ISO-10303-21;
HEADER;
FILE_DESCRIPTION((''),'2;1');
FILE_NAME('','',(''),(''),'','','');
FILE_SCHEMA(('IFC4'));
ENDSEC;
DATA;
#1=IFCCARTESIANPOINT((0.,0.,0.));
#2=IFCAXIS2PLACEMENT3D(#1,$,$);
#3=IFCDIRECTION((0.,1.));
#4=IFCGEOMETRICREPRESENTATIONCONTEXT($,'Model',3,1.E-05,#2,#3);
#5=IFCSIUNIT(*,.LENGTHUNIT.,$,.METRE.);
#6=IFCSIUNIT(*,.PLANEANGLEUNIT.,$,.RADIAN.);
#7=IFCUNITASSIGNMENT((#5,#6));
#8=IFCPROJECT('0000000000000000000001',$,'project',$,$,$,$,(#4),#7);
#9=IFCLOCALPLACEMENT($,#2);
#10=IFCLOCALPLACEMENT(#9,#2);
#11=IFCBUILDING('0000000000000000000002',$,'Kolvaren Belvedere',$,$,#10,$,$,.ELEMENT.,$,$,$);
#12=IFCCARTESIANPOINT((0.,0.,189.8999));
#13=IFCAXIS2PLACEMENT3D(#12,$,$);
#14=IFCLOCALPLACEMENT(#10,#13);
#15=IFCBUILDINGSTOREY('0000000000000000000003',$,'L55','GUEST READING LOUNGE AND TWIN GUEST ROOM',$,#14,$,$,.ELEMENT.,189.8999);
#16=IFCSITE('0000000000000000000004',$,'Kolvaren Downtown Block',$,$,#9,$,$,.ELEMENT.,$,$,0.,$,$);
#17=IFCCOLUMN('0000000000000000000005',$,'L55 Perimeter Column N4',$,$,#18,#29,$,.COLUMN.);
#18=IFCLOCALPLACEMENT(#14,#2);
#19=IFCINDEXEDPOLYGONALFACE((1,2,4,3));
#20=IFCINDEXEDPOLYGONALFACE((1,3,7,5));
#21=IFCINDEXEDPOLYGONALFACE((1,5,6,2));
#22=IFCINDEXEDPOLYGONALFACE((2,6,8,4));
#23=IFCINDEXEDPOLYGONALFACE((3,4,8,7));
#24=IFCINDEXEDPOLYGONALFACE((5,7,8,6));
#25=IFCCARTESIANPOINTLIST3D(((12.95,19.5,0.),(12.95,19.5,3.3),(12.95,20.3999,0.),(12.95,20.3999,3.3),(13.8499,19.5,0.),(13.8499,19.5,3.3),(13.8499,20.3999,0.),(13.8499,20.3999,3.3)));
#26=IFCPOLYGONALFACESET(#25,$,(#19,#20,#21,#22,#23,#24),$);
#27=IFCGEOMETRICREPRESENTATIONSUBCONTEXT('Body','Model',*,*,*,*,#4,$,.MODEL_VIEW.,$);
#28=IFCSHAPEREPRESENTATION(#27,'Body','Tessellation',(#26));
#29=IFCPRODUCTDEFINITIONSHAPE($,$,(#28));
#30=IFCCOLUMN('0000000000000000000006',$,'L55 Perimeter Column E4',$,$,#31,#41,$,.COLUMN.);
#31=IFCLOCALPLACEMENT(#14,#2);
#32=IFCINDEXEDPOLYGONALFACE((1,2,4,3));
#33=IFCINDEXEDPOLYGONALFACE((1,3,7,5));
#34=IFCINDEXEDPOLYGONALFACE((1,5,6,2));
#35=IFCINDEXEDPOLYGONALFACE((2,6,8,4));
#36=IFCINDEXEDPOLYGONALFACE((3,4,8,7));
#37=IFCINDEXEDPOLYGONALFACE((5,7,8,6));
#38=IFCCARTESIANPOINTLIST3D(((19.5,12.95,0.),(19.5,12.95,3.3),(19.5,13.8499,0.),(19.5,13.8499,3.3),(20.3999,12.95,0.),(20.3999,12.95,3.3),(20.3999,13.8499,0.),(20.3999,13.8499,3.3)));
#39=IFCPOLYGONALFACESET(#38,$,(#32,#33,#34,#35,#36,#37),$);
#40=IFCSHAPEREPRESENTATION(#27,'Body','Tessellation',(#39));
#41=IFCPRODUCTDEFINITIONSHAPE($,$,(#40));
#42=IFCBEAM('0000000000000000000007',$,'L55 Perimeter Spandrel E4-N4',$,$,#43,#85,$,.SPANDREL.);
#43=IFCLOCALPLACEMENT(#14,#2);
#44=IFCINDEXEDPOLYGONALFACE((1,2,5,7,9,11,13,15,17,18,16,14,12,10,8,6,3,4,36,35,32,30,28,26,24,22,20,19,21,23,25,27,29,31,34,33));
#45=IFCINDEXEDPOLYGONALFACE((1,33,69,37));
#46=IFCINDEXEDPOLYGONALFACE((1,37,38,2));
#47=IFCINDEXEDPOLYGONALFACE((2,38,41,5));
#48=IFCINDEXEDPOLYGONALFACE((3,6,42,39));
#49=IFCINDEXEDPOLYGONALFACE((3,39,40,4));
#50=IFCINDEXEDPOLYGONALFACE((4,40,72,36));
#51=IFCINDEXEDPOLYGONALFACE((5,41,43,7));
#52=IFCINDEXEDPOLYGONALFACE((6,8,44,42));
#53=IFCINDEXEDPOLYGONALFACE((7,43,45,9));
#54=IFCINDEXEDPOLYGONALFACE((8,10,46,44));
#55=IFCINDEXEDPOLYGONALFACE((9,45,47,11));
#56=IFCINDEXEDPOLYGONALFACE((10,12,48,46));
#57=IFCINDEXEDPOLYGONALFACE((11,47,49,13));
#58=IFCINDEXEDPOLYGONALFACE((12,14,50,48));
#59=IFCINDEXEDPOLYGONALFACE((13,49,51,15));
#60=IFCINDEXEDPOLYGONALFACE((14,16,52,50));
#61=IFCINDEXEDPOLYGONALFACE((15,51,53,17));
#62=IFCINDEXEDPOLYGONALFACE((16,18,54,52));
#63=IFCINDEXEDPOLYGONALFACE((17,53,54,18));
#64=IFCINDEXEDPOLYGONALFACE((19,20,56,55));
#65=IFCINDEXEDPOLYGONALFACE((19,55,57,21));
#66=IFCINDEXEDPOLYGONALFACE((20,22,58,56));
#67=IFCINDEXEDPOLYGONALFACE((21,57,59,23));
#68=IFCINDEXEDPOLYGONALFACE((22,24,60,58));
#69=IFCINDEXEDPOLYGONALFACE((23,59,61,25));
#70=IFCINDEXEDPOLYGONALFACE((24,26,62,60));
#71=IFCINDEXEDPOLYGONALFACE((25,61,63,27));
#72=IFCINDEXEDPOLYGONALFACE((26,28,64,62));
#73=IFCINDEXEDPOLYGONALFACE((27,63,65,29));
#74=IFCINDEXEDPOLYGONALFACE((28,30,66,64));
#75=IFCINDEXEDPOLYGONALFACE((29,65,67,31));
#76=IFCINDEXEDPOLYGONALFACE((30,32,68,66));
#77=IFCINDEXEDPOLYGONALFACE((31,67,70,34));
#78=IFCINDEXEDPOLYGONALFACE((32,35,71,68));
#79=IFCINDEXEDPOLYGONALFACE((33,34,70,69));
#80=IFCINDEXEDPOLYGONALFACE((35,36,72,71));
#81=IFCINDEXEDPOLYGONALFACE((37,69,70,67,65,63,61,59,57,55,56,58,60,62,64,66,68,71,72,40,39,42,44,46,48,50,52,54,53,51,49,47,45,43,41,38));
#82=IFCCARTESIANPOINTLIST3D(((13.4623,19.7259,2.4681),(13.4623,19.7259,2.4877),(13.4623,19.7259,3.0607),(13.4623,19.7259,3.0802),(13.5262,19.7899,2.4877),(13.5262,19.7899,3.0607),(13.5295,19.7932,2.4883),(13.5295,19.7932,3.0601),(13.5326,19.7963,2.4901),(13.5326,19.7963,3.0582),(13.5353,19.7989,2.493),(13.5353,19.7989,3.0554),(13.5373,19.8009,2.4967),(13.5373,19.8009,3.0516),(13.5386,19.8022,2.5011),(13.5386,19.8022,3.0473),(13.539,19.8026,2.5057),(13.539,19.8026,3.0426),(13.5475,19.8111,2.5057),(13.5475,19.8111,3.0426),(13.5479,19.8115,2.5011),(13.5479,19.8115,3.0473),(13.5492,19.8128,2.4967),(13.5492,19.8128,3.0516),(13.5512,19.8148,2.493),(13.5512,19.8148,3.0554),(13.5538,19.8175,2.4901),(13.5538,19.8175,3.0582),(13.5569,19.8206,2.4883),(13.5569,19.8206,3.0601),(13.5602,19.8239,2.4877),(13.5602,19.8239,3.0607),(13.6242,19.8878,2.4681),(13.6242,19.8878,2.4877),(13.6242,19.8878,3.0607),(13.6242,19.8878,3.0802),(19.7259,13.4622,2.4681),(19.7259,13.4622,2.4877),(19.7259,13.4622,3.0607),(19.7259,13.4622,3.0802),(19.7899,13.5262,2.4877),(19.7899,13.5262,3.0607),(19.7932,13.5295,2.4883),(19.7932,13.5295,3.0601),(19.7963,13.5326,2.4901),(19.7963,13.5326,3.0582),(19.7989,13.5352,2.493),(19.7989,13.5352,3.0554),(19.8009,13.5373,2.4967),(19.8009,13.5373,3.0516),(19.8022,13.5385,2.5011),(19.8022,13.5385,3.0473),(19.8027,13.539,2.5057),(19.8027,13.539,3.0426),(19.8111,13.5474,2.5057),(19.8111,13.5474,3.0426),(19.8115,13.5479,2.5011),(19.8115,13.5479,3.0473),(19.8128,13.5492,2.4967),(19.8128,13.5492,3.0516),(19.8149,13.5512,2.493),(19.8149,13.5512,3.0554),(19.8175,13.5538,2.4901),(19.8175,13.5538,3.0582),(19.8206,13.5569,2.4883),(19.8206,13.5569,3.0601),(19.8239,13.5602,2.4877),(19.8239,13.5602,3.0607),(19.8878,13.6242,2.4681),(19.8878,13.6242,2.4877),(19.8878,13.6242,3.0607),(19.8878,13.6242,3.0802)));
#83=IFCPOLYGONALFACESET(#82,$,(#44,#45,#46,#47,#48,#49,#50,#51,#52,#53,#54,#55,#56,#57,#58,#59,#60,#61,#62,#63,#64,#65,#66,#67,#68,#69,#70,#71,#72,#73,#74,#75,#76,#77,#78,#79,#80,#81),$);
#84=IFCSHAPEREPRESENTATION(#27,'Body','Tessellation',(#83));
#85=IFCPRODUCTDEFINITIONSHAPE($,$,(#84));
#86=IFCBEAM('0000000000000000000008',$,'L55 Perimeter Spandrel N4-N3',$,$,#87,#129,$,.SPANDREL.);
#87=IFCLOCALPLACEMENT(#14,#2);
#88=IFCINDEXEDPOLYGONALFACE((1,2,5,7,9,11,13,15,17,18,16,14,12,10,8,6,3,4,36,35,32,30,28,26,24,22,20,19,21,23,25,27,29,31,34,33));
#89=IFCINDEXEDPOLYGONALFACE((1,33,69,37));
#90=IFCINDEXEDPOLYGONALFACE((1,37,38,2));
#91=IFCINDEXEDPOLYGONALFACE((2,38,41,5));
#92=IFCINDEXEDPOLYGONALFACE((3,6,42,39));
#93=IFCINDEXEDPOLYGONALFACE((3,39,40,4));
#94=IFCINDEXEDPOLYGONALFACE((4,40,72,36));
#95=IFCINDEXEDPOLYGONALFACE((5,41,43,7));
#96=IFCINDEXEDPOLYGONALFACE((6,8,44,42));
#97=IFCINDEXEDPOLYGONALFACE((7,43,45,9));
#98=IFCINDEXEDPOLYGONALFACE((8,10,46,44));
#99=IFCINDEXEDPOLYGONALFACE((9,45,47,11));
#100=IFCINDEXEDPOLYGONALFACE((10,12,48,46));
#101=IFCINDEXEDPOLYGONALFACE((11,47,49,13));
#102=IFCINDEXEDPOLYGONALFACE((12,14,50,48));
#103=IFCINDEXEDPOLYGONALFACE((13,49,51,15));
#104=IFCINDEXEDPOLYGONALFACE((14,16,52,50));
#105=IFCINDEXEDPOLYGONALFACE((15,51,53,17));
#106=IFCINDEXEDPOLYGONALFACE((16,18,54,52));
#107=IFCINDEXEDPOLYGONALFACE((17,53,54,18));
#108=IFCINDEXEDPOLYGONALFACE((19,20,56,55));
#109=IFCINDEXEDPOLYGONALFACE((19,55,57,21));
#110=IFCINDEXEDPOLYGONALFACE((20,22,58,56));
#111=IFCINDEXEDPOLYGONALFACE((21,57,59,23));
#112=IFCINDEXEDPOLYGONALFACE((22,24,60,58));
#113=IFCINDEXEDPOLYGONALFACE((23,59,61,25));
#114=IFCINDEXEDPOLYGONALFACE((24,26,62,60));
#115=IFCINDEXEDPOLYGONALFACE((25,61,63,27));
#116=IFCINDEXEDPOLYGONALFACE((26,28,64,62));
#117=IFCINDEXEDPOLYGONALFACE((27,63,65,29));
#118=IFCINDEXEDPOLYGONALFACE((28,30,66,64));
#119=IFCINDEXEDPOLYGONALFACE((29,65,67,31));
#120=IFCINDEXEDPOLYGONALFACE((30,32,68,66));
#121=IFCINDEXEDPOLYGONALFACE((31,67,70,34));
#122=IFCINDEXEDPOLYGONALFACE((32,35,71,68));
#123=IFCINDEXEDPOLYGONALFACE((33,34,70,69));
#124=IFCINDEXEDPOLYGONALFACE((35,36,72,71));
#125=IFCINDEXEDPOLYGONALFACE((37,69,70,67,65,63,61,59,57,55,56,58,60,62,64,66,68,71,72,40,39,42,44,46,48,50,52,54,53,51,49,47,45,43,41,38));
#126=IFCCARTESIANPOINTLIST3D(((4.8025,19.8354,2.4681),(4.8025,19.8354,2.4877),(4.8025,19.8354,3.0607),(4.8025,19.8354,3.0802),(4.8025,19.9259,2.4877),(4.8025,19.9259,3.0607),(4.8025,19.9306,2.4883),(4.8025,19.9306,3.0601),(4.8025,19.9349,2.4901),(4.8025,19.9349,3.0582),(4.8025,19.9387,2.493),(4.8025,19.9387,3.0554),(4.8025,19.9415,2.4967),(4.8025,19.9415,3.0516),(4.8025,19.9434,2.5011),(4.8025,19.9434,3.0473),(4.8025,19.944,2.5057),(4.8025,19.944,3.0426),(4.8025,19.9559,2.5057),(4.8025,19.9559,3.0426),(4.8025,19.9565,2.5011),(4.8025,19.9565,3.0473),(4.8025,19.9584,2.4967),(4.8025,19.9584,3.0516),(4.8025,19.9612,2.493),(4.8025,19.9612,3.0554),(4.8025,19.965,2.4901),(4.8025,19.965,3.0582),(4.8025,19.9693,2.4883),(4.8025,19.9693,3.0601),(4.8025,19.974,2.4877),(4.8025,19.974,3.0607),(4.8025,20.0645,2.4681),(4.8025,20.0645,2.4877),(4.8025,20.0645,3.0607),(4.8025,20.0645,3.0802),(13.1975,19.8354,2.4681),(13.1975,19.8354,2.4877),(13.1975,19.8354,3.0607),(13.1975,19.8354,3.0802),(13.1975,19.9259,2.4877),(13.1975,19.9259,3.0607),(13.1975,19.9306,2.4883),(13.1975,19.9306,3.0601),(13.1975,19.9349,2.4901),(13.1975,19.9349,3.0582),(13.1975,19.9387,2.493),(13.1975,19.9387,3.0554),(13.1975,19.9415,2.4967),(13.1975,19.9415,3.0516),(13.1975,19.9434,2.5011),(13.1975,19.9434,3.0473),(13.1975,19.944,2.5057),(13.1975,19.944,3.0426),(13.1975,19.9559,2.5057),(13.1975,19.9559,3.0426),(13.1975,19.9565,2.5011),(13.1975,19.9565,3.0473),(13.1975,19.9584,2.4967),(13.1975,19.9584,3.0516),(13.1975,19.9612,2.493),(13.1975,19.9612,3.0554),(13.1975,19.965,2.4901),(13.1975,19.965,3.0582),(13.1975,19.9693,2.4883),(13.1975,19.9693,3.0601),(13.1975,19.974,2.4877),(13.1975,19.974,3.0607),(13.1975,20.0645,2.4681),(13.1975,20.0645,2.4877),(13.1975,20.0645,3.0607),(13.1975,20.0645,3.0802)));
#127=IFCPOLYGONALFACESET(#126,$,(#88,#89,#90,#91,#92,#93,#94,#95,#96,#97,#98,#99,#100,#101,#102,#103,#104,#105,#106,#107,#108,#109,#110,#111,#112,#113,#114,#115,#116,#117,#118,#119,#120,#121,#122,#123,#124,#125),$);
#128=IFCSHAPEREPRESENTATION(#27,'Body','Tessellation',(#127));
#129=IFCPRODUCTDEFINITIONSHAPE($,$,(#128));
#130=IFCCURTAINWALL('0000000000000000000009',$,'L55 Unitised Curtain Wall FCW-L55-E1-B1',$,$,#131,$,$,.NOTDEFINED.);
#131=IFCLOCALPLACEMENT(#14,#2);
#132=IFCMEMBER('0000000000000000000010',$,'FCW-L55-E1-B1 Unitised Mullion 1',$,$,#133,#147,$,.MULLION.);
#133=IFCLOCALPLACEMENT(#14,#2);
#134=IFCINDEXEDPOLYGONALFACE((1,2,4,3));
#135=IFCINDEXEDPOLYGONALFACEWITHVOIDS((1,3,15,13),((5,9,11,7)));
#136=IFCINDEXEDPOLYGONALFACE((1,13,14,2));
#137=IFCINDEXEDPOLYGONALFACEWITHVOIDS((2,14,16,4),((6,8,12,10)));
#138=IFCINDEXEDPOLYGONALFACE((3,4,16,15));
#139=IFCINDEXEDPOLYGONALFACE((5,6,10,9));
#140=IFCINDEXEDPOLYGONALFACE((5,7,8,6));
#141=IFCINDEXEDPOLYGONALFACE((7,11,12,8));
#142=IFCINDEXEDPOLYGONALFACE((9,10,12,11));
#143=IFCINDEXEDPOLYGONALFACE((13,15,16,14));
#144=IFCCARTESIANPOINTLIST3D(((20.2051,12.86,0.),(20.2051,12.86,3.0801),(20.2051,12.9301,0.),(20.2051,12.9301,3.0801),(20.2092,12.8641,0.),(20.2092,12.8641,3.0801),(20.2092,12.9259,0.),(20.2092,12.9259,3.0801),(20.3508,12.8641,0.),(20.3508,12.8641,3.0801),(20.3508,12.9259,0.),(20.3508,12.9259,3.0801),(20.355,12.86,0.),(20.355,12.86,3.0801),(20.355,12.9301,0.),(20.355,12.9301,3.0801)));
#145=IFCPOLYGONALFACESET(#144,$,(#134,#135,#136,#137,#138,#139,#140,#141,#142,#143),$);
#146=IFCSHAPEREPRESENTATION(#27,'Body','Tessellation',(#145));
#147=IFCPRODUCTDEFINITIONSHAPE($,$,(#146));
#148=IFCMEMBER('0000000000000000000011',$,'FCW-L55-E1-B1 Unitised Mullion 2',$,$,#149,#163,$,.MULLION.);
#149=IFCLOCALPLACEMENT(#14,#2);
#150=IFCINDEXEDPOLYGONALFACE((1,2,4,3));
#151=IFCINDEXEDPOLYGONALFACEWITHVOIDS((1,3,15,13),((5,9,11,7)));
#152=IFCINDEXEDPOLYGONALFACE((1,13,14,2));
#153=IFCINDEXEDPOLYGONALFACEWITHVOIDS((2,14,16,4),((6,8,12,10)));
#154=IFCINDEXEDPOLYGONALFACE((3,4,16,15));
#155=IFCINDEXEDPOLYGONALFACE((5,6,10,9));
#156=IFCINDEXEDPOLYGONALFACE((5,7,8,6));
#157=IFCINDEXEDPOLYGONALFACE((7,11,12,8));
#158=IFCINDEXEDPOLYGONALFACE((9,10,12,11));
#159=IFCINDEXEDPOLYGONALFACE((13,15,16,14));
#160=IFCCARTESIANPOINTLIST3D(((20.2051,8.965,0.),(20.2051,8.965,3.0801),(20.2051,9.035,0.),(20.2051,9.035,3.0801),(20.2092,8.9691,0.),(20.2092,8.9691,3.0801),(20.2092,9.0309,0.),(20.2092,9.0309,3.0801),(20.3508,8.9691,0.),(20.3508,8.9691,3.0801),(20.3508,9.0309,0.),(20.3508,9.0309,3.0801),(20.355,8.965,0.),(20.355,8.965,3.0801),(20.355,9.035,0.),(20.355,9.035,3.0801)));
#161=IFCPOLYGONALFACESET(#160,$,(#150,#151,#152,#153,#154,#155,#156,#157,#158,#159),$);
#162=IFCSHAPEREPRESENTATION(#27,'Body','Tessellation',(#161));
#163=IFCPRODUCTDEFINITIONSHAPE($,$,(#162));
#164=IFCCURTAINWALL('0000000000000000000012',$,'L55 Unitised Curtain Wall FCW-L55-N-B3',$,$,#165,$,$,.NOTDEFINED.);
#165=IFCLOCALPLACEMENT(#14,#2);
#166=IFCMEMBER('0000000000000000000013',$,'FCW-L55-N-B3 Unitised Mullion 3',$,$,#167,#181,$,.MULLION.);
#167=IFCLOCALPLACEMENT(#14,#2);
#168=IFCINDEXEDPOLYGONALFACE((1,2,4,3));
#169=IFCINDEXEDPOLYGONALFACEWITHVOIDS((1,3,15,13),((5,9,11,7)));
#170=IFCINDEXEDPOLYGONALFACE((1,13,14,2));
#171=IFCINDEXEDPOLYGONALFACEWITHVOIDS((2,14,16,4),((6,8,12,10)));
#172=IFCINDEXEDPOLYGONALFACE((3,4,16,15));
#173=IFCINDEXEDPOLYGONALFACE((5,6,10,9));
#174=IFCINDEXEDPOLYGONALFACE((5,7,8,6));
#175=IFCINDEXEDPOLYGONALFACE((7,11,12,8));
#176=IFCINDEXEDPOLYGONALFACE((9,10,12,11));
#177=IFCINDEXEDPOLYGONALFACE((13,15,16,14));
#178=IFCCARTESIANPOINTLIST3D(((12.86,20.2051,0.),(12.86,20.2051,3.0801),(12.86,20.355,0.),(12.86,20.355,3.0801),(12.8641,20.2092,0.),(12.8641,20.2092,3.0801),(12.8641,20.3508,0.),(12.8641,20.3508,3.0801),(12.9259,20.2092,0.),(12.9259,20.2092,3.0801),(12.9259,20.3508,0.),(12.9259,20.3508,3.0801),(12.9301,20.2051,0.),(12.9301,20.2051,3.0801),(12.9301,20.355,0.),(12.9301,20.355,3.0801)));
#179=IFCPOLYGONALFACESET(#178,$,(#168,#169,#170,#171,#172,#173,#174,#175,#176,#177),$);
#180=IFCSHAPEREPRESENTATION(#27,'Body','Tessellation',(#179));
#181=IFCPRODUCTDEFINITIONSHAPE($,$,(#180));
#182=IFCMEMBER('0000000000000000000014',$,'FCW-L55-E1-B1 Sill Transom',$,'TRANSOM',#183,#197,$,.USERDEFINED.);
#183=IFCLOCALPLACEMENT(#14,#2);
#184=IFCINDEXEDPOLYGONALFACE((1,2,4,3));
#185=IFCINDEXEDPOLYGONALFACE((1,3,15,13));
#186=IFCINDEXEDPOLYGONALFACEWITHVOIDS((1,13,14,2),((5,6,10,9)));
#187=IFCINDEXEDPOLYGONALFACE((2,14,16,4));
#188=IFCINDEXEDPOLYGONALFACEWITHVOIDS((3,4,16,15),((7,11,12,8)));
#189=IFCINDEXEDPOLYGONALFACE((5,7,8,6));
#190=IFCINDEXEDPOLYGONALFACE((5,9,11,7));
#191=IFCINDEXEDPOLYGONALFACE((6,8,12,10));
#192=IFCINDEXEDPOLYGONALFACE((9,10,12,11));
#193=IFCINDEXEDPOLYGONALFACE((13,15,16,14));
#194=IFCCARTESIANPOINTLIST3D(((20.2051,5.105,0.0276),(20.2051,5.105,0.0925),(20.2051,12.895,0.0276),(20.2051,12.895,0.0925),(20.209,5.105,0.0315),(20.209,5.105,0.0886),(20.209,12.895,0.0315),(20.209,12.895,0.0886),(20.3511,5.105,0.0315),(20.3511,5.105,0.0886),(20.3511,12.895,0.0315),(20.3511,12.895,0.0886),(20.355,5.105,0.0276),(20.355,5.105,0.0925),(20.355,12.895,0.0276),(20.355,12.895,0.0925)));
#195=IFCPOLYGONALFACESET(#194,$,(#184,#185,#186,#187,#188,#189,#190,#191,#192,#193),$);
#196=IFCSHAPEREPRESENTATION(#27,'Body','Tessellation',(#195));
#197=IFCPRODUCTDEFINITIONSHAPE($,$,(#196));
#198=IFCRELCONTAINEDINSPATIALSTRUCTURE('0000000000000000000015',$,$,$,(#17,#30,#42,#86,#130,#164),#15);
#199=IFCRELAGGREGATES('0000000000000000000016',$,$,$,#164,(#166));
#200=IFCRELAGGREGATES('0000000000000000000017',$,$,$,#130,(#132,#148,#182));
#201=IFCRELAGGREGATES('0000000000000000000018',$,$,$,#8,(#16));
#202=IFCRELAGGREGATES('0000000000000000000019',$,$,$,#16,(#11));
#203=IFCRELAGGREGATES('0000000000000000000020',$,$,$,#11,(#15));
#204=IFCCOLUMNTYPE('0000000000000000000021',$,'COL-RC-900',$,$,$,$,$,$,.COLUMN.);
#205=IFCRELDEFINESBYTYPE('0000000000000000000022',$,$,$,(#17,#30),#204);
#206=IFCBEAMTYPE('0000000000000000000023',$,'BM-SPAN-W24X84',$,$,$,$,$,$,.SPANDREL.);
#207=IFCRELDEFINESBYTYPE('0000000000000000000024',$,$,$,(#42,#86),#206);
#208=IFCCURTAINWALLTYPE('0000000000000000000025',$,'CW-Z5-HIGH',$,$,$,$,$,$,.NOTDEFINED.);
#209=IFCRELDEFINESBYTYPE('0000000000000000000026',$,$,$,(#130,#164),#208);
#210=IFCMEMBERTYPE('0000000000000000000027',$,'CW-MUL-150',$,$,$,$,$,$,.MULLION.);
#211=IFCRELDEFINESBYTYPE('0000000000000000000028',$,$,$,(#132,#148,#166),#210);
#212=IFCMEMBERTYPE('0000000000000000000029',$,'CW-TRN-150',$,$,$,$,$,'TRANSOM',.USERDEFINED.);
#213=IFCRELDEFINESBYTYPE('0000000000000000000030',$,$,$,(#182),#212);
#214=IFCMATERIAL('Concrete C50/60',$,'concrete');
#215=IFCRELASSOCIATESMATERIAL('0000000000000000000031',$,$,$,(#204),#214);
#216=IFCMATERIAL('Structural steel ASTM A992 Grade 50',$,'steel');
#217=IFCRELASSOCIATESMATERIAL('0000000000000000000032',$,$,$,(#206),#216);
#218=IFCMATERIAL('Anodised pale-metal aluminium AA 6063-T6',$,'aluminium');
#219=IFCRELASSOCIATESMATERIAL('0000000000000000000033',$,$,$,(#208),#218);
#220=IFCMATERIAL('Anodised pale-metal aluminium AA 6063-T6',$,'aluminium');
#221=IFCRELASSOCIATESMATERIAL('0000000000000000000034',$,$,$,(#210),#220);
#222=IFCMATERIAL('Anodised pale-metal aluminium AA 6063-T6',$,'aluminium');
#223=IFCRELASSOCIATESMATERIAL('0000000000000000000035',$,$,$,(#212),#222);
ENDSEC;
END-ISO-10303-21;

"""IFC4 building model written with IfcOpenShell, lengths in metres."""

from ifc_helpers import new_model, si_unit, direction, frame, origin, origin_2d, place, context, subcontext, project, spatial, rectangle, hollow_rectangle, i_section, extrude, material, material_profile, profile_set, type_object, element, aggregate, save


model = new_model("IFC4")

# Units and contexts
model_context = context("Model", 3, precision=1e-05, world=origin(), true_north=direction((0.0, 1.0)))
body_context = subcontext(model_context, "Body", "Model", "MODEL_VIEW")
ifc_project = project(units=[si_unit("LENGTHUNIT", "METRE"), si_unit("PLANEANGLEUNIT", "RADIAN")], contexts=[model_context])

# Site, building, storey
site_placement = place(None, origin())
site = spatial("IfcSite", under=ifc_project, at=site_placement, Name="Kolvaren Downtown Block", CompositionType="ELEMENT", RefElevation=0.0)
building_placement = place(site_placement, origin())
building = spatial("IfcBuilding", under=site, at=building_placement, Name="Kolvaren Belvedere", CompositionType="ELEMENT")
storey_placement = place(building_placement, frame((0.0, 0.0, 189.8999)))
storey = spatial("IfcBuildingStorey", under=building, at=storey_placement, Name="L55", Description="GUEST READING LOUNGE AND TWIN GUEST ROOM", CompositionType="ELEMENT", Elevation=189.8999)

# Columns
ifc_material_1 = material(Name="Concrete C50/60", Category="concrete")
ifc_material_profile_1 = material_profile(ifc_material_1, rectangle(XDim=0.8999, YDim=0.8999, at=origin_2d()), Name="RC 900X900")
ifc_profile_set_1 = profile_set([ifc_material_profile_1], Name="Concrete C50/60")
column_type = type_object("IfcColumnType", Name="COL-RC-900", PredefinedType="COLUMN", material=ifc_profile_set_1)
for number, where, z_axis, x_axis, name in (
    (1, (13.3999, 19.95, 0.0), (0.0, 0.0, 1.0), (1.0, 0.0, 0.0), "L55 Perimeter Column N4"),
    (2, (19.95, 13.3999, 0.0), (0.0, 0.0, 1.0), (1.0, 0.0, 0.0), "L55 Perimeter Column E4"),
):
    element("IfcColumn", number, at=place(storey_placement, frame(where, z_axis=z_axis, x_axis=x_axis)), inside=storey, type_object=column_type, Name=name, PredefinedType="COLUMN", context=body_context, shape_type="SweptSolid", body=[
        extrude(rectangle(XDim=0.8999, YDim=0.8999, at=origin_2d()), origin(), (0.0, 0.0, 1.0), 3.3),
    ])

# Beams
ifc_material_2 = material(Name="Structural steel ASTM A992 Grade 50", Category="steel")
ifc_material_profile_2 = material_profile(ifc_material_2, i_section(OverallWidth=0.229, OverallDepth=0.6121, WebThickness=0.012, FlangeThickness=0.0195, FilletRadius=0.0181, at=origin_2d()), Name="W24X84")
ifc_profile_set_2 = profile_set([ifc_material_profile_2], Name="Structural steel ASTM A992 Grade 50")
beam_type = type_object("IfcBeamType", Name="BM-SPAN-W24X84", PredefinedType="SPANDREL", material=ifc_profile_set_2)
beam_1_placement = place(storey_placement, frame((19.8069, 13.5432, 2.7742), z_axis=(-0.707107, 0.707107, 0.0), x_axis=(-0.707107, -0.707107, 0.0)))
element("IfcBeam", 3, at=beam_1_placement, inside=storey, type_object=beam_type, Name="L55 Perimeter Spandrel E4-N4", PredefinedType="SPANDREL", context=body_context, shape_type="SweptSolid", body=[
    extrude(i_section(OverallWidth=0.229, OverallDepth=0.6121, WebThickness=0.012, FlangeThickness=0.0195, FilletRadius=0.0181, at=origin_2d()), origin(), (0.0, 0.0, 1.0), 8.8582),
])
beam_2_placement = place(storey_placement, frame((13.1975, 19.95, 2.7742), z_axis=(-1.0, 0.0, 0.0), x_axis=(0.0, -1.0, 0.0)))
element("IfcBeam", 4, at=beam_2_placement, inside=storey, type_object=beam_type, Name="L55 Perimeter Spandrel N4-N3", PredefinedType="SPANDREL", context=body_context, shape_type="SweptSolid", body=[
    extrude(i_section(OverallWidth=0.229, OverallDepth=0.6121, WebThickness=0.012, FlangeThickness=0.0195, FilletRadius=0.0181, at=origin_2d()), origin(), (0.0, 0.0, 1.0), 8.395),
])

# Curtain wall, members
ifc_material_3 = material(Name="Anodised pale-metal aluminium AA 6063-T6", Category="aluminium")
curtain_wall_type = type_object("IfcCurtainWallType", Name="CW-Z5-HIGH", PredefinedType="NOTDEFINED", material=ifc_material_3)
curtain_wall_1_placement = place(storey_placement, origin())
curtain_wall_1 = element("IfcCurtainWall", 5, at=curtain_wall_1_placement, inside=storey, type_object=curtain_wall_type, Name="L55 Unitised Curtain Wall FCW-L55-E1-B1", PredefinedType="NOTDEFINED")
ifc_material_4 = material(Name="Anodised pale-metal aluminium AA 6063-T6", Category="aluminium")
ifc_material_profile_3 = material_profile(ifc_material_4, hollow_rectangle(XDim=0.0701, YDim=0.1499, WallThickness=0.0042, at=origin_2d()), Name="ALU-MUL-150X70")
ifc_profile_set_3 = profile_set([ifc_material_profile_3], Name="Anodised pale-metal aluminium AA 6063-T6")
member_type_1 = type_object("IfcMemberType", Name="CW-MUL-150", PredefinedType="MULLION", material=ifc_profile_set_3)
member_1_placement = place(storey_placement, frame((20.28, 12.895, 0.0), z_axis=(0.0, 0.0, 1.0), x_axis=(0.0, 1.0, 0.0)))
member_1 = element("IfcMember", 6, at=member_1_placement, type_object=member_type_1, Name="FCW-L55-E1-B1 Unitised Mullion 1", PredefinedType="MULLION", context=body_context, shape_type="SweptSolid", body=[
    extrude(hollow_rectangle(XDim=0.0701, YDim=0.1499, WallThickness=0.0042, at=origin_2d()), origin(), (0.0, 0.0, 1.0), 3.0801),
])
member_2_placement = place(storey_placement, frame((20.28, 9.0, 0.0), z_axis=(0.0, 0.0, 1.0), x_axis=(0.0, 1.0, 0.0)))
member_2 = element("IfcMember", 7, at=member_2_placement, type_object=member_type_1, Name="FCW-L55-E1-B1 Unitised Mullion 2", PredefinedType="MULLION", context=body_context, shape_type="SweptSolid", body=[
    extrude(hollow_rectangle(XDim=0.0701, YDim=0.1499, WallThickness=0.0042, at=origin_2d()), origin(), (0.0, 0.0, 1.0), 3.0801),
])

# Curtain wall, member
curtain_wall_2_placement = place(storey_placement, origin())
curtain_wall_2 = element("IfcCurtainWall", 8, at=curtain_wall_2_placement, inside=storey, type_object=curtain_wall_type, Name="L55 Unitised Curtain Wall FCW-L55-N-B3", PredefinedType="NOTDEFINED")
member_3_placement = place(storey_placement, frame((12.895, 20.28, 0.0), z_axis=(0.0, 0.0, 1.0), x_axis=(1.0, 0.0, 0.0)))
member_3 = element("IfcMember", 9, at=member_3_placement, type_object=member_type_1, Name="FCW-L55-N-B3 Unitised Mullion 3", PredefinedType="MULLION", context=body_context, shape_type="SweptSolid", body=[
    extrude(hollow_rectangle(XDim=0.0701, YDim=0.1499, WallThickness=0.0042, at=origin_2d()), origin(), (0.0, 0.0, 1.0), 3.0801),
])
aggregate(curtain_wall_2, [member_3])

# Member
ifc_material_5 = material(Name="Anodised pale-metal aluminium AA 6063-T6", Category="aluminium")
ifc_material_profile_4 = material_profile(ifc_material_5, hollow_rectangle(XDim=0.0649, YDim=0.1499, WallThickness=0.0039, at=origin_2d()), Name="ALU-TRN-150X65")
ifc_profile_set_4 = profile_set([ifc_material_profile_4], Name="Anodised pale-metal aluminium AA 6063-T6")
member_type_2 = type_object("IfcMemberType", Name="CW-TRN-150", ElementType="TRANSOM", PredefinedType="USERDEFINED", material=ifc_profile_set_4)
member_4_placement = place(storey_placement, frame((20.28, 12.895, 0.0601), z_axis=(0.0, -1.0, 0.0), x_axis=(0.0, 0.0, 1.0)))
member_4 = element("IfcMember", 10, at=member_4_placement, type_object=member_type_2, Name="FCW-L55-E1-B1 Sill Transom", ObjectType="TRANSOM", PredefinedType="USERDEFINED", context=body_context, shape_type="SweptSolid", body=[
    extrude(hollow_rectangle(XDim=0.0649, YDim=0.1499, WallThickness=0.0039, at=origin_2d()), origin(), (0.0, 0.0, 1.0), 7.79),
])

aggregate(curtain_wall_1, [member_1, member_2, member_4])

save(model, "model.ifc")
